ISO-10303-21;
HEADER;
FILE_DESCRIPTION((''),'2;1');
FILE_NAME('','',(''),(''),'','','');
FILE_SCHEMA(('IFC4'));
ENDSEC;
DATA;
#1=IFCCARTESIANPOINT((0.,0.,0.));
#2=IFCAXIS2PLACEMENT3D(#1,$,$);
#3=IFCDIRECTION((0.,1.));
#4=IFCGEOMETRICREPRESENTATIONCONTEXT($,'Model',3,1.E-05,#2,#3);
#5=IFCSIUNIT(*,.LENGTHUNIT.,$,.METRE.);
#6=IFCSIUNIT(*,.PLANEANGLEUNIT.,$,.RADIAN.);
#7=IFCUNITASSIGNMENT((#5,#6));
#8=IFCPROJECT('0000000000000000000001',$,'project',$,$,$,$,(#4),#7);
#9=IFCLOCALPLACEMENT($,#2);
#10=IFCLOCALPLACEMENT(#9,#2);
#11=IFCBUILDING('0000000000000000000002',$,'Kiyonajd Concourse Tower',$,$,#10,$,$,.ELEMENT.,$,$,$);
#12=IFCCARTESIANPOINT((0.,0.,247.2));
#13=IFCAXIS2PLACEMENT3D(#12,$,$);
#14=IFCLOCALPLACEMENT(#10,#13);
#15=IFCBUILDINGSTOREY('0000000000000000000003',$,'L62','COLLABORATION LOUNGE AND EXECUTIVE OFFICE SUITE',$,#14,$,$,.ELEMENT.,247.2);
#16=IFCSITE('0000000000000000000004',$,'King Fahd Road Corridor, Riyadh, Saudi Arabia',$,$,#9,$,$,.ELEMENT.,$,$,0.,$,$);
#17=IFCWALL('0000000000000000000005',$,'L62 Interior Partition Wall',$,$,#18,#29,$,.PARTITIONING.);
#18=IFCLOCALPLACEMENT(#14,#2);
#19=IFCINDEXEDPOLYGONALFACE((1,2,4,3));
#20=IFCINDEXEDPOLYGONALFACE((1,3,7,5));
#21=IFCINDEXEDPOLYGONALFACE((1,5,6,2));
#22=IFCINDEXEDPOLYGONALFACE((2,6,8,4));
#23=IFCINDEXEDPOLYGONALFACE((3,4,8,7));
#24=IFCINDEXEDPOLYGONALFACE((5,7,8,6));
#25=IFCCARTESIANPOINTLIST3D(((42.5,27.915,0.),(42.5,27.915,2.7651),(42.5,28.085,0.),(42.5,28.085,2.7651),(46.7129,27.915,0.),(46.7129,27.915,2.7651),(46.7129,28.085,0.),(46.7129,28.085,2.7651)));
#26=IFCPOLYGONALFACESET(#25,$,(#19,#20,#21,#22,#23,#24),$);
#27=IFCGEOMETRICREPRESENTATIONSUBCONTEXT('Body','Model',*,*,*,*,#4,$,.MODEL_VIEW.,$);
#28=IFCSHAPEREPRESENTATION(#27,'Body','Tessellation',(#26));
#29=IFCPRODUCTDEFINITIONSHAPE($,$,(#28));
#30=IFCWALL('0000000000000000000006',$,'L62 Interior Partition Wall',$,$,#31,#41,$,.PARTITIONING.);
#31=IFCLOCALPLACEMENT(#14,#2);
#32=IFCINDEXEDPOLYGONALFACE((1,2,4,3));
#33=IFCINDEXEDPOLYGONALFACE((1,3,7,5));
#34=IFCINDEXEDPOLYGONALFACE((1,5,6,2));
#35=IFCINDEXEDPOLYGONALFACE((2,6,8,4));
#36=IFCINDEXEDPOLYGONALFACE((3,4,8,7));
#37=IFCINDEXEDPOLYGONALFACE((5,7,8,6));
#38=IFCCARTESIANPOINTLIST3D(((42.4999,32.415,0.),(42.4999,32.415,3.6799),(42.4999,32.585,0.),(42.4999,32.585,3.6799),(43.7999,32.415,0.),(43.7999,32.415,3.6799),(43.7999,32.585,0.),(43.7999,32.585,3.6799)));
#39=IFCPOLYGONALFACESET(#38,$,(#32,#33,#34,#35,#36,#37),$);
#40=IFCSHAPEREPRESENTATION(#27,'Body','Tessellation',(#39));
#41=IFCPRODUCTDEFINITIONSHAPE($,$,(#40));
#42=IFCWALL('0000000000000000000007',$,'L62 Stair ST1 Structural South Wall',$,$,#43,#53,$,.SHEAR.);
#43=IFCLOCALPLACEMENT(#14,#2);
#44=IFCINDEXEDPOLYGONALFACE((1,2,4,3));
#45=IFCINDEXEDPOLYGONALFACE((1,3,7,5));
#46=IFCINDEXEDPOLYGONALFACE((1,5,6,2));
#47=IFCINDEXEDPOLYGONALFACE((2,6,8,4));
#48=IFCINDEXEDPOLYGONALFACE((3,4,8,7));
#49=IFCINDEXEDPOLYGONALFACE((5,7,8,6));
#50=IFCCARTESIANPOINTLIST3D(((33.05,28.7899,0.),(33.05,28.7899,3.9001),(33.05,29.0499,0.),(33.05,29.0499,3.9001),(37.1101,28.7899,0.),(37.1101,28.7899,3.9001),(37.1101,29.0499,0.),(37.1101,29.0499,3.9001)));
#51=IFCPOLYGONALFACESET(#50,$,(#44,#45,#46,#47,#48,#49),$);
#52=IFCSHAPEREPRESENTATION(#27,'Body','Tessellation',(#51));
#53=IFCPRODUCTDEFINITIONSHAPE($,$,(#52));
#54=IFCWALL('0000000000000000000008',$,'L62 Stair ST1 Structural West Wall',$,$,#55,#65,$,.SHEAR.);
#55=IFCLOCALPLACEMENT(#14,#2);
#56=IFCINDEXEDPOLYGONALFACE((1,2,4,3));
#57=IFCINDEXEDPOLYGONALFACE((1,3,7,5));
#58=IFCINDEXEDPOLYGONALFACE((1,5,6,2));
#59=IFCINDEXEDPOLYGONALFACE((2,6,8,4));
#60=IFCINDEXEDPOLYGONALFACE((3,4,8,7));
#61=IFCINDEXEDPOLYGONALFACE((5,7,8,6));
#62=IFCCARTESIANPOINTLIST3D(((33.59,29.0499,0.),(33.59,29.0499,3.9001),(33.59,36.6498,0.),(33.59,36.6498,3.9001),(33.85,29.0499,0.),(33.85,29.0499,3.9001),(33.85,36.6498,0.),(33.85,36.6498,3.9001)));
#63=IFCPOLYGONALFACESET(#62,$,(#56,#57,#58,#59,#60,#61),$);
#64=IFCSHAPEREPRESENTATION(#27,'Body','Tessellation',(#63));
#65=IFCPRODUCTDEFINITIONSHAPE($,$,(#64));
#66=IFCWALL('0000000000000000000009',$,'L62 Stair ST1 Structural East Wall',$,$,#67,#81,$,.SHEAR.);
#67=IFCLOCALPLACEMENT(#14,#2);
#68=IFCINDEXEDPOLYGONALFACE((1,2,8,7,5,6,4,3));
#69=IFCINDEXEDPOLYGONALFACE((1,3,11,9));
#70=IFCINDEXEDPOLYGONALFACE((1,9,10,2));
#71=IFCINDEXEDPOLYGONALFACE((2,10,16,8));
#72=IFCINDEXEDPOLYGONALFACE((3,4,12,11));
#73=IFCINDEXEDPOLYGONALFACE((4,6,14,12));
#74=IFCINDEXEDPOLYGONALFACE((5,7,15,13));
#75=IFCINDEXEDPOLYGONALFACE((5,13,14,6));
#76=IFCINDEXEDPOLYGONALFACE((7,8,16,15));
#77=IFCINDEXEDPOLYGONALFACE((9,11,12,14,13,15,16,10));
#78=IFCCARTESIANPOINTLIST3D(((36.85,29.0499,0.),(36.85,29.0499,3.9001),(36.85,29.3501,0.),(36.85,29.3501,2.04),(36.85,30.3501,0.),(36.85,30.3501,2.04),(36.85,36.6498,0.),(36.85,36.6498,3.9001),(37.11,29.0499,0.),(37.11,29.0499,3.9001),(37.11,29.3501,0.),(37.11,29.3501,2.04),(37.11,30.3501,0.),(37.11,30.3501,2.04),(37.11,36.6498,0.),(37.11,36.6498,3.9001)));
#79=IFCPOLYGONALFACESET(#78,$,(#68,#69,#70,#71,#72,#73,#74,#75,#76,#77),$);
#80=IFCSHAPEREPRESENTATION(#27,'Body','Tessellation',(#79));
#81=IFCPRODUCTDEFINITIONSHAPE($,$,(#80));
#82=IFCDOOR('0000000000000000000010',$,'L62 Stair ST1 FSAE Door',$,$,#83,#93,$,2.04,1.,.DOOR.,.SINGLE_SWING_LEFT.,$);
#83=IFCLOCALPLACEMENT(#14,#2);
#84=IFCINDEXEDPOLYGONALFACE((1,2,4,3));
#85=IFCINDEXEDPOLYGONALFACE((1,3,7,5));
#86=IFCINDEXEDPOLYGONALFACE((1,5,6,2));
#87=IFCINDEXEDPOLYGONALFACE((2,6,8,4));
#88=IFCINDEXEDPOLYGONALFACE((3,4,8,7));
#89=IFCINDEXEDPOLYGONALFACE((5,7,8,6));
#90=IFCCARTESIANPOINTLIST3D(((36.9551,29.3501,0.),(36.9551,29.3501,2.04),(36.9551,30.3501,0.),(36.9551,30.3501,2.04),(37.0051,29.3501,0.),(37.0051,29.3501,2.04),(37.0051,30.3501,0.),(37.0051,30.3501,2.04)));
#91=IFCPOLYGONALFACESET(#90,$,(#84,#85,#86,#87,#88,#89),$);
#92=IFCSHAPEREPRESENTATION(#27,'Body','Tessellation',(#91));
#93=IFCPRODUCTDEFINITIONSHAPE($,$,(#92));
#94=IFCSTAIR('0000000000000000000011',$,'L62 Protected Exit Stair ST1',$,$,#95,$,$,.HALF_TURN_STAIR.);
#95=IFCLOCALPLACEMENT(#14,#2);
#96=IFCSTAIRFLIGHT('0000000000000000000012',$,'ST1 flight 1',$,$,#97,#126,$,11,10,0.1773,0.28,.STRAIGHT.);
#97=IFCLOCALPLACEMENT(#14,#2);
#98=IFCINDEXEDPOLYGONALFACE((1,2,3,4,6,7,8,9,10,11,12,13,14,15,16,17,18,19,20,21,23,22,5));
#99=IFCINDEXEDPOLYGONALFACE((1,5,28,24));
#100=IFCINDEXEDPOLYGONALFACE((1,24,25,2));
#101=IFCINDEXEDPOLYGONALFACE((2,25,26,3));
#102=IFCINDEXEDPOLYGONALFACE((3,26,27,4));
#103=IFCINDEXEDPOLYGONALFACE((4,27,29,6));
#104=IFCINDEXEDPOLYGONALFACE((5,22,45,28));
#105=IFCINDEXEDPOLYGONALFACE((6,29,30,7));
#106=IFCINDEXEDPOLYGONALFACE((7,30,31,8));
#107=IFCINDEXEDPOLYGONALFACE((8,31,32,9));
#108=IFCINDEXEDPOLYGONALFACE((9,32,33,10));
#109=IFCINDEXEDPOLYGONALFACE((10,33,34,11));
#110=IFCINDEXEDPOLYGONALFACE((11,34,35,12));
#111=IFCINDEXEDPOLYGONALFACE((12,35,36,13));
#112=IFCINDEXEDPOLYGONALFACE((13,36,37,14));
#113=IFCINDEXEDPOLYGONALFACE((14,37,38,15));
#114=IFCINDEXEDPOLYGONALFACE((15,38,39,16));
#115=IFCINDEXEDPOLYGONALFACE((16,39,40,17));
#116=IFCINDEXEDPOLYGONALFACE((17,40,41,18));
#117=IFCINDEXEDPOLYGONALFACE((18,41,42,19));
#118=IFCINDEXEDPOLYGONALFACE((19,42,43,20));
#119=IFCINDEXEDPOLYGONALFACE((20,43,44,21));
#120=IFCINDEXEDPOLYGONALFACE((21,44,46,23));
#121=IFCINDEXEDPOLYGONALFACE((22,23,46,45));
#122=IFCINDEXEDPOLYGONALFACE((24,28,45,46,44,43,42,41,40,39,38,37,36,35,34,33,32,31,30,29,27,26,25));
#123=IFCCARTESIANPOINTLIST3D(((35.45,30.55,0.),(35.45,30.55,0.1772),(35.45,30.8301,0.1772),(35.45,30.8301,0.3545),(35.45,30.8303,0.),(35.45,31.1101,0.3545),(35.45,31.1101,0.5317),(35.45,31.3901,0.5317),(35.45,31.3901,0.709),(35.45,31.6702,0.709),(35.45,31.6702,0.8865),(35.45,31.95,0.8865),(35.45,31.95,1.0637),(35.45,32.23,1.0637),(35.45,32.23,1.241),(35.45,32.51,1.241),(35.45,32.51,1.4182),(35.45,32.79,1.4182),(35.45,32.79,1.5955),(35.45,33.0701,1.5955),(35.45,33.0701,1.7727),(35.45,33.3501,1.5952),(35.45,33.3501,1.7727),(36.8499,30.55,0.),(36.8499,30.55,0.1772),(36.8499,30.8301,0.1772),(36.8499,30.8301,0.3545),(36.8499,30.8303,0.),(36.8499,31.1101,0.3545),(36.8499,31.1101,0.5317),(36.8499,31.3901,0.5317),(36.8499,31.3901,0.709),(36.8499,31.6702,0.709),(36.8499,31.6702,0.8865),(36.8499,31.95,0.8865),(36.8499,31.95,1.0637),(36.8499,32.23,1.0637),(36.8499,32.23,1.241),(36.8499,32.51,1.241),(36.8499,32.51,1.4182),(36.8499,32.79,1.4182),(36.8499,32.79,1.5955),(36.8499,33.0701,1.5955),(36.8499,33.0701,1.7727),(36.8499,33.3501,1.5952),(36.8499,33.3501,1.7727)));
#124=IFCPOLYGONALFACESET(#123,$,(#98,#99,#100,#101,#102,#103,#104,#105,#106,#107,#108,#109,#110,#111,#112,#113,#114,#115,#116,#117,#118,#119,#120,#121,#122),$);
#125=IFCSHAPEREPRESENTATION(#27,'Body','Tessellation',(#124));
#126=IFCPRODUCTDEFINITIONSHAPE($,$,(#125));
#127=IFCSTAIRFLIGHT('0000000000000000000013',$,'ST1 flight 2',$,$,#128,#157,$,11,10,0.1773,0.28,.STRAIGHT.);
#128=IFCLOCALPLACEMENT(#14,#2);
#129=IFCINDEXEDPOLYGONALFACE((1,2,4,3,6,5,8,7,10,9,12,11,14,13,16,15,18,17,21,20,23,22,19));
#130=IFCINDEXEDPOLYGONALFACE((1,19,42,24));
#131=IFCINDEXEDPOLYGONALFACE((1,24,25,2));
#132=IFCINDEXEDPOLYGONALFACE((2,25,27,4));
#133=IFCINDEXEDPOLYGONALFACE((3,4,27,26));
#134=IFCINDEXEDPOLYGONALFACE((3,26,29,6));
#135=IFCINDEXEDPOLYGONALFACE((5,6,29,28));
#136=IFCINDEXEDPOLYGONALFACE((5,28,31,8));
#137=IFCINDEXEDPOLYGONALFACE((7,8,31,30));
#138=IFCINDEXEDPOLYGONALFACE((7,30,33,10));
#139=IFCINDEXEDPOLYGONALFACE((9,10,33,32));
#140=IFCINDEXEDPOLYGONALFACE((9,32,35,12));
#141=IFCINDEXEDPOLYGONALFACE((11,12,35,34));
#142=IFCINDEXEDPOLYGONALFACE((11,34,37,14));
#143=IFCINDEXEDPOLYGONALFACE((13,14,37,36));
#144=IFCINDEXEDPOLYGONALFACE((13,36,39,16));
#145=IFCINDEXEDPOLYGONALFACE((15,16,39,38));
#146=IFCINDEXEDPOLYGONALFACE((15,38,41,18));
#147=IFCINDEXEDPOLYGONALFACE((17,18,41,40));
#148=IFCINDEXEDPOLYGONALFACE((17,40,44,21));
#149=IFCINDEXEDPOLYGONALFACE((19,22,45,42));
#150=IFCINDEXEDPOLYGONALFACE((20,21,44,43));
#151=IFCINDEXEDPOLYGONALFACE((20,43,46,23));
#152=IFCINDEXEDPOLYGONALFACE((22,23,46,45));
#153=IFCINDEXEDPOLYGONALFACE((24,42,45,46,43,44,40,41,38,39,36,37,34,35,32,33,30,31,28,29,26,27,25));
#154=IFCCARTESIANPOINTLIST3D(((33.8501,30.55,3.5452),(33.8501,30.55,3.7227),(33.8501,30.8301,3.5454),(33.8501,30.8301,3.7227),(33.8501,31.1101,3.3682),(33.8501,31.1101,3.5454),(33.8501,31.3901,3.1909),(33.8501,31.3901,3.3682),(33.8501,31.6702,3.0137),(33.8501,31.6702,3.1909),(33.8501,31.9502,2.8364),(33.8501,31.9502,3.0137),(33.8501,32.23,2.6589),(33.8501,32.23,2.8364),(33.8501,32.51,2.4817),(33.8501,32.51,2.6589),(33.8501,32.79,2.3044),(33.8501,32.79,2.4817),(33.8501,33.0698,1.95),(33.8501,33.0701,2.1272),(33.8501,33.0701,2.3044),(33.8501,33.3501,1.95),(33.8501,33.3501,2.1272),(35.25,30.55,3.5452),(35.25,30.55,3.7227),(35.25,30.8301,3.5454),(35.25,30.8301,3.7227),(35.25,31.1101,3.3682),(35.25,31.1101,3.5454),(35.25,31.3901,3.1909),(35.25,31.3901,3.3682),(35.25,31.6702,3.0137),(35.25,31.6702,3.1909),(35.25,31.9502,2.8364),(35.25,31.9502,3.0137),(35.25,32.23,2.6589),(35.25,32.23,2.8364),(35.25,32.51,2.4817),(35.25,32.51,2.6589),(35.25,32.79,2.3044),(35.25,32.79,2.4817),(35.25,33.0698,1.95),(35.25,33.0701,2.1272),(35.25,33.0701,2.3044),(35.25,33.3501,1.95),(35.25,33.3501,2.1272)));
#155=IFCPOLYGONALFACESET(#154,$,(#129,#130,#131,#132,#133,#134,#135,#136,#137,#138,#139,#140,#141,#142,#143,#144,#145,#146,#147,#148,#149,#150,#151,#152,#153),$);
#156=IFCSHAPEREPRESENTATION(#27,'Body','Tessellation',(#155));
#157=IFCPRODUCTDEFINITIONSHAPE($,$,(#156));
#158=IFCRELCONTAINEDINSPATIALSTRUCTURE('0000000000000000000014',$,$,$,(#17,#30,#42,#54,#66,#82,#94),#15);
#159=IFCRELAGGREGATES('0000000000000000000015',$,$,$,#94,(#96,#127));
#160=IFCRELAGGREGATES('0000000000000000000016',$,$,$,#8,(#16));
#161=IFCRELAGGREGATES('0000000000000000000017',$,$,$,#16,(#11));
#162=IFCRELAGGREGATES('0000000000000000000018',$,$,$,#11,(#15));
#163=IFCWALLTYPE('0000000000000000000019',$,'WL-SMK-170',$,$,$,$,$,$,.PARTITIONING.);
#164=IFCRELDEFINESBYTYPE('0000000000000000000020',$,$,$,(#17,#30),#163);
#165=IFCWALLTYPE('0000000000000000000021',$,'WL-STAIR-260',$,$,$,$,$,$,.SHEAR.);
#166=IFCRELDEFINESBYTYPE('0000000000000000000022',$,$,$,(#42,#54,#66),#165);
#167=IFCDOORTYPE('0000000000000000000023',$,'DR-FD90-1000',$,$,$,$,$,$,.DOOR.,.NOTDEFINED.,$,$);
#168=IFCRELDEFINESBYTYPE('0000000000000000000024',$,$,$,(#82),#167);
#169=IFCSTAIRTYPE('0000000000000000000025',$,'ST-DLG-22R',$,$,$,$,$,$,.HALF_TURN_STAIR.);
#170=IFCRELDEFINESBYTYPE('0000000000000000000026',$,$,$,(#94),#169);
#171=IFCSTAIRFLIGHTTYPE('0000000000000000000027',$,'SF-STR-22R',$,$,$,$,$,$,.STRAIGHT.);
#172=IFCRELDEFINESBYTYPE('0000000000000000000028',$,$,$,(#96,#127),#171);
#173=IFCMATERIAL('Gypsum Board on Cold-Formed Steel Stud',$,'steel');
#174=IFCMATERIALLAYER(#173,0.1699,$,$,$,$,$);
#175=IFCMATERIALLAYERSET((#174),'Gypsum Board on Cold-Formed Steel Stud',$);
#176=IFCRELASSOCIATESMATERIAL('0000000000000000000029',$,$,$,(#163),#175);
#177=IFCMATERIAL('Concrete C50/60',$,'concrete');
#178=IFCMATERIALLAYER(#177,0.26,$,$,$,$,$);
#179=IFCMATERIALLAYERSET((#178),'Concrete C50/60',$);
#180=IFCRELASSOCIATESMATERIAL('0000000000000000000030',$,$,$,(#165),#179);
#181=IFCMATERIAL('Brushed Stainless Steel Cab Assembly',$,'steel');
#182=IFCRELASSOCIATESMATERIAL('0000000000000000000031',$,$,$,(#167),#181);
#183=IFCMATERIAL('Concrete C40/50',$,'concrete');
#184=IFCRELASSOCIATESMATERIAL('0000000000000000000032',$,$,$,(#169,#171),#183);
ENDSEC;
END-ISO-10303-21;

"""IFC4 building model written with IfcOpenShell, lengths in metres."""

from ifc_helpers import new_model, si_unit, direction, frame, frame_2d, origin, place, context, subcontext, project, spatial, polyline, rectangle, outline, extrude, material, layer, layer_set, type_object, element, fill, aggregate, save


model = new_model("IFC4")

# Units and contexts
model_context = context("Model", 3, precision=1e-05, world=origin(), true_north=direction((0.0, 1.0)))
body_context = subcontext(model_context, "Body", "Model", "MODEL_VIEW")
ifc_project = project(units=[si_unit("LENGTHUNIT", "METRE"), si_unit("PLANEANGLEUNIT", "RADIAN")], contexts=[model_context])

# Site, building, storey
site_placement = place(None, origin())
site = spatial("IfcSite", under=ifc_project, at=site_placement, Name="King Fahd Road Corridor, Riyadh, Saudi Arabia", CompositionType="ELEMENT", RefElevation=0.0)
building_placement = place(site_placement, origin())
building = spatial("IfcBuilding", under=site, at=building_placement, Name="Kiyonajd Concourse Tower", CompositionType="ELEMENT")
storey_placement = place(building_placement, frame((0.0, 0.0, 247.2)))
storey = spatial("IfcBuildingStorey", under=building, at=storey_placement, Name="L62", Description="COLLABORATION LOUNGE AND EXECUTIVE OFFICE SUITE", CompositionType="ELEMENT", Elevation=247.2)

# Shared definitions
ifc_material_1 = material(Name="Concrete C50/60", Category="concrete")

# Shared definitions
ifc_material_2 = material(Name="Gypsum Board on Cold-Formed Steel Stud", Category="steel")

# Shared definitions
ifc_material_3 = material(Name="Brushed Stainless Steel Cab Assembly", Category="steel")

# Walls
ifc_layer_1 = layer(ifc_material_2, 0.1699)
ifc_layer_set_1 = layer_set([ifc_layer_1], Name="Gypsum Board on Cold-Formed Steel Stud")
wall_type_1 = type_object("IfcWallType", Name="WL-SMK-170", PredefinedType="PARTITIONING", material=ifc_layer_set_1)
wall_1_placement = place(storey_placement, frame((42.5, 28.0, 0.0), z_axis=(0.0, 0.0, 1.0), x_axis=(1.0, 0.0, 0.0)))
element("IfcWall", 1, at=wall_1_placement, inside=storey, type_object=wall_type_1, Name="L62 Interior Partition Wall", PredefinedType="PARTITIONING", context=body_context, shape_type="SweptSolid", body=[
    extrude(rectangle(XDim=4.2129, YDim=0.1699, at=frame_2d((2.1064, 0.0))), origin(), (0.0, 0.0, 1.0), 2.7651),
])
wall_2_placement = place(storey_placement, frame((42.5, 32.5, 0.0), z_axis=(0.0, 0.0, 1.0), x_axis=(1.0, 0.0, 0.0)))
element("IfcWall", 2, at=wall_2_placement, inside=storey, type_object=wall_type_1, Name="L62 Interior Partition Wall", PredefinedType="PARTITIONING", context=body_context, shape_type="SweptSolid", body=[
    extrude(rectangle(XDim=1.3, YDim=0.1699, at=frame_2d((0.6499, 0.0))), origin(), (0.0, 0.0, 1.0), 3.6799),
])
ifc_layer_2 = layer(ifc_material_1, 0.26)
ifc_layer_set_2 = layer_set([ifc_layer_2], Name="Concrete C50/60")
wall_type_2 = type_object("IfcWallType", Name="WL-STAIR-260", PredefinedType="SHEAR", material=ifc_layer_set_2)
wall_3_placement = place(storey_placement, frame((33.05, 28.9199, 0.0), z_axis=(0.0, 0.0, 1.0), x_axis=(1.0, 0.0, 0.0)))
element("IfcWall", 3, at=wall_3_placement, inside=storey, type_object=wall_type_2, Name="L62 Stair ST1 Structural South Wall", PredefinedType="SHEAR", context=body_context, shape_type="SweptSolid", body=[
    extrude(rectangle(XDim=4.0601, YDim=0.26, at=frame_2d((2.03, 0.0))), origin(), (0.0, 0.0, 1.0), 3.9001),
])
wall_4_placement = place(storey_placement, frame((33.72, 29.05, 0.0), z_axis=(0.0, 0.0, 1.0), x_axis=(0.0, 1.0, 0.0)))
element("IfcWall", 4, at=wall_4_placement, inside=storey, type_object=wall_type_2, Name="L62 Stair ST1 Structural West Wall", PredefinedType="SHEAR", context=body_context, shape_type="SweptSolid", body=[
    extrude(rectangle(XDim=7.5999, YDim=0.26, at=frame_2d((3.7998, 0.0))), origin(), (0.0, 0.0, 1.0), 3.9001),
])

# Wall, opening, door
wall_5_placement = place(storey_placement, frame((36.98, 29.05, 0.0), z_axis=(0.0, 0.0, 1.0), x_axis=(0.0, 1.0, 0.0)))
wall_5 = element("IfcWall", 5, at=wall_5_placement, inside=storey, type_object=wall_type_2, Name="L62 Stair ST1 Structural East Wall", PredefinedType="SHEAR", context=body_context, shape_type="SweptSolid", body=[
    extrude(rectangle(XDim=7.5999, YDim=0.26, at=frame_2d((3.7998, 0.0))), origin(), (0.0, 0.0, 1.0), 3.9001),
])
opening_1_placement = place(wall_5_placement, frame((0.3, 0.0, 0.0)))
opening_1 = element("IfcOpeningElement", 6, at=opening_1_placement, cuts=wall_5, PredefinedType="OPENING", context=body_context, shape_type="SweptSolid", body=[
    extrude(rectangle(XDim=1.0, YDim=2.04, at=frame_2d((0.5, 1.02))), frame((0.0, 0.1399, 0.0), z_axis=(0.0, -1.0, 0.0), x_axis=(1.0, 0.0, 0.0)), (0.0, 0.0, 1.0), 0.28),
])
door_type_1 = type_object("IfcDoorType", Name="DR-FD90-1000", OperationType="NOTDEFINED", PredefinedType="DOOR", material=ifc_material_3)
door_1_placement = place(opening_1_placement, origin())
door_1 = element("IfcDoor", 7, at=door_1_placement, inside=storey, type_object=door_type_1, Name="L62 Stair ST1 FSAE Door", OperationType="SINGLE_SWING_LEFT", OverallHeight=2.04, OverallWidth=1.0, PredefinedType="DOOR", context=body_context, shape_type="SweptSolid", body=[
    extrude(rectangle(XDim=1.0, YDim=2.04, at=frame_2d((0.5, 1.02))), frame((0.0, 0.0249, 0.0), z_axis=(0.0, -1.0, 0.0), x_axis=(1.0, 0.0, 0.0)), (0.0, 0.0, 1.0), 0.05),
])
fill(opening_1, door_1)

# Stair, stair flights
ifc_material_4 = material(Name="Concrete C40/50", Category="concrete")
stair_type = type_object("IfcStairType", Name="ST-DLG-22R", PredefinedType="HALF_TURN_STAIR", material=ifc_material_4)
stair_placement = place(storey_placement, origin())
stair = element("IfcStair", 8, at=stair_placement, inside=storey, type_object=stair_type, Name="L62 Protected Exit Stair ST1", PredefinedType="HALF_TURN_STAIR")
stair_flight_type = type_object("IfcStairFlightType", Name="SF-STR-22R", PredefinedType="STRAIGHT", material=ifc_material_4)
stair_flight_1_placement = place(storey_placement, frame((36.1499, 30.55, 0.0), z_axis=(0.0, 0.0, 1.0), x_axis=(0.0, 1.0, 0.0)))
stair_flight_1 = element("IfcStairFlight", 9, at=stair_flight_1_placement, type_object=stair_flight_type, Name="ST1 flight 1", NumberOfRisers=11, NumberOfTreads=10, PredefinedType="STRAIGHT", RiserHeight=0.1773, TreadLength=0.28, context=body_context, shape_type="SweptSolid", body=[
    extrude(outline(polyline([(0.0, 0.0), (0.0, 0.1772), (0.28, 0.1772), (0.28, 0.3545), (0.5601, 0.3545), (0.5601, 0.5317), (0.8401, 0.5317), (0.8401, 0.709), (1.1201, 0.709), (1.1201, 0.8865), (1.3999, 0.8865), (1.3999, 1.0637), (1.6799, 1.0637), (1.6799, 1.241), (1.96, 1.241), (1.96, 1.4182), (2.24, 1.4182), (2.24, 1.5955), (2.52, 1.5955), (2.52, 1.7727), (2.8, 1.7727), (2.8, 1.95), (2.8, 1.5952), (0.2803, 0.0), (0.0, 0.0)])), frame((0.0, 0.7, 0.0), z_axis=(0.0, -1.0, 0.0), x_axis=(1.0, 0.0, 0.0)), (0.0, 0.0, 1.0), 1.3999),
])
stair_flight_2_placement = place(storey_placement, frame((34.55, 33.3501, 1.95), z_axis=(0.0, 0.0, 1.0), x_axis=(0.0, -1.0, 0.0)))
stair_flight_2 = element("IfcStairFlight", 10, at=stair_flight_2_placement, type_object=stair_flight_type, Name="ST1 flight 2", NumberOfRisers=11, NumberOfTreads=10, PredefinedType="STRAIGHT", RiserHeight=0.1773, TreadLength=0.28, context=body_context, shape_type="SweptSolid", body=[
    extrude(outline(polyline([(0.0, 0.0), (0.0, 0.1772), (0.28, 0.1772), (0.28, 0.3545), (0.5601, 0.3545), (0.5601, 0.5317), (0.8401, 0.5317), (0.8401, 0.709), (1.1201, 0.709), (1.1201, 0.8865), (1.3999, 0.8865), (1.3999, 1.0637), (1.6799, 1.0637), (1.6799, 1.241), (1.96, 1.241), (1.96, 1.4182), (2.24, 1.4182), (2.24, 1.5955), (2.52, 1.5955), (2.52, 1.7727), (2.8, 1.7727), (2.8, 1.95), (2.8, 1.5952), (0.2803, 0.0), (0.0, 0.0)])), frame((0.0, 0.7, 0.0), z_axis=(0.0, -1.0, 0.0), x_axis=(1.0, 0.0, 0.0)), (0.0, 0.0, 1.0), 1.3999),
])
aggregate(stair, [stair_flight_1, stair_flight_2])

save(model, "model.ifc")
